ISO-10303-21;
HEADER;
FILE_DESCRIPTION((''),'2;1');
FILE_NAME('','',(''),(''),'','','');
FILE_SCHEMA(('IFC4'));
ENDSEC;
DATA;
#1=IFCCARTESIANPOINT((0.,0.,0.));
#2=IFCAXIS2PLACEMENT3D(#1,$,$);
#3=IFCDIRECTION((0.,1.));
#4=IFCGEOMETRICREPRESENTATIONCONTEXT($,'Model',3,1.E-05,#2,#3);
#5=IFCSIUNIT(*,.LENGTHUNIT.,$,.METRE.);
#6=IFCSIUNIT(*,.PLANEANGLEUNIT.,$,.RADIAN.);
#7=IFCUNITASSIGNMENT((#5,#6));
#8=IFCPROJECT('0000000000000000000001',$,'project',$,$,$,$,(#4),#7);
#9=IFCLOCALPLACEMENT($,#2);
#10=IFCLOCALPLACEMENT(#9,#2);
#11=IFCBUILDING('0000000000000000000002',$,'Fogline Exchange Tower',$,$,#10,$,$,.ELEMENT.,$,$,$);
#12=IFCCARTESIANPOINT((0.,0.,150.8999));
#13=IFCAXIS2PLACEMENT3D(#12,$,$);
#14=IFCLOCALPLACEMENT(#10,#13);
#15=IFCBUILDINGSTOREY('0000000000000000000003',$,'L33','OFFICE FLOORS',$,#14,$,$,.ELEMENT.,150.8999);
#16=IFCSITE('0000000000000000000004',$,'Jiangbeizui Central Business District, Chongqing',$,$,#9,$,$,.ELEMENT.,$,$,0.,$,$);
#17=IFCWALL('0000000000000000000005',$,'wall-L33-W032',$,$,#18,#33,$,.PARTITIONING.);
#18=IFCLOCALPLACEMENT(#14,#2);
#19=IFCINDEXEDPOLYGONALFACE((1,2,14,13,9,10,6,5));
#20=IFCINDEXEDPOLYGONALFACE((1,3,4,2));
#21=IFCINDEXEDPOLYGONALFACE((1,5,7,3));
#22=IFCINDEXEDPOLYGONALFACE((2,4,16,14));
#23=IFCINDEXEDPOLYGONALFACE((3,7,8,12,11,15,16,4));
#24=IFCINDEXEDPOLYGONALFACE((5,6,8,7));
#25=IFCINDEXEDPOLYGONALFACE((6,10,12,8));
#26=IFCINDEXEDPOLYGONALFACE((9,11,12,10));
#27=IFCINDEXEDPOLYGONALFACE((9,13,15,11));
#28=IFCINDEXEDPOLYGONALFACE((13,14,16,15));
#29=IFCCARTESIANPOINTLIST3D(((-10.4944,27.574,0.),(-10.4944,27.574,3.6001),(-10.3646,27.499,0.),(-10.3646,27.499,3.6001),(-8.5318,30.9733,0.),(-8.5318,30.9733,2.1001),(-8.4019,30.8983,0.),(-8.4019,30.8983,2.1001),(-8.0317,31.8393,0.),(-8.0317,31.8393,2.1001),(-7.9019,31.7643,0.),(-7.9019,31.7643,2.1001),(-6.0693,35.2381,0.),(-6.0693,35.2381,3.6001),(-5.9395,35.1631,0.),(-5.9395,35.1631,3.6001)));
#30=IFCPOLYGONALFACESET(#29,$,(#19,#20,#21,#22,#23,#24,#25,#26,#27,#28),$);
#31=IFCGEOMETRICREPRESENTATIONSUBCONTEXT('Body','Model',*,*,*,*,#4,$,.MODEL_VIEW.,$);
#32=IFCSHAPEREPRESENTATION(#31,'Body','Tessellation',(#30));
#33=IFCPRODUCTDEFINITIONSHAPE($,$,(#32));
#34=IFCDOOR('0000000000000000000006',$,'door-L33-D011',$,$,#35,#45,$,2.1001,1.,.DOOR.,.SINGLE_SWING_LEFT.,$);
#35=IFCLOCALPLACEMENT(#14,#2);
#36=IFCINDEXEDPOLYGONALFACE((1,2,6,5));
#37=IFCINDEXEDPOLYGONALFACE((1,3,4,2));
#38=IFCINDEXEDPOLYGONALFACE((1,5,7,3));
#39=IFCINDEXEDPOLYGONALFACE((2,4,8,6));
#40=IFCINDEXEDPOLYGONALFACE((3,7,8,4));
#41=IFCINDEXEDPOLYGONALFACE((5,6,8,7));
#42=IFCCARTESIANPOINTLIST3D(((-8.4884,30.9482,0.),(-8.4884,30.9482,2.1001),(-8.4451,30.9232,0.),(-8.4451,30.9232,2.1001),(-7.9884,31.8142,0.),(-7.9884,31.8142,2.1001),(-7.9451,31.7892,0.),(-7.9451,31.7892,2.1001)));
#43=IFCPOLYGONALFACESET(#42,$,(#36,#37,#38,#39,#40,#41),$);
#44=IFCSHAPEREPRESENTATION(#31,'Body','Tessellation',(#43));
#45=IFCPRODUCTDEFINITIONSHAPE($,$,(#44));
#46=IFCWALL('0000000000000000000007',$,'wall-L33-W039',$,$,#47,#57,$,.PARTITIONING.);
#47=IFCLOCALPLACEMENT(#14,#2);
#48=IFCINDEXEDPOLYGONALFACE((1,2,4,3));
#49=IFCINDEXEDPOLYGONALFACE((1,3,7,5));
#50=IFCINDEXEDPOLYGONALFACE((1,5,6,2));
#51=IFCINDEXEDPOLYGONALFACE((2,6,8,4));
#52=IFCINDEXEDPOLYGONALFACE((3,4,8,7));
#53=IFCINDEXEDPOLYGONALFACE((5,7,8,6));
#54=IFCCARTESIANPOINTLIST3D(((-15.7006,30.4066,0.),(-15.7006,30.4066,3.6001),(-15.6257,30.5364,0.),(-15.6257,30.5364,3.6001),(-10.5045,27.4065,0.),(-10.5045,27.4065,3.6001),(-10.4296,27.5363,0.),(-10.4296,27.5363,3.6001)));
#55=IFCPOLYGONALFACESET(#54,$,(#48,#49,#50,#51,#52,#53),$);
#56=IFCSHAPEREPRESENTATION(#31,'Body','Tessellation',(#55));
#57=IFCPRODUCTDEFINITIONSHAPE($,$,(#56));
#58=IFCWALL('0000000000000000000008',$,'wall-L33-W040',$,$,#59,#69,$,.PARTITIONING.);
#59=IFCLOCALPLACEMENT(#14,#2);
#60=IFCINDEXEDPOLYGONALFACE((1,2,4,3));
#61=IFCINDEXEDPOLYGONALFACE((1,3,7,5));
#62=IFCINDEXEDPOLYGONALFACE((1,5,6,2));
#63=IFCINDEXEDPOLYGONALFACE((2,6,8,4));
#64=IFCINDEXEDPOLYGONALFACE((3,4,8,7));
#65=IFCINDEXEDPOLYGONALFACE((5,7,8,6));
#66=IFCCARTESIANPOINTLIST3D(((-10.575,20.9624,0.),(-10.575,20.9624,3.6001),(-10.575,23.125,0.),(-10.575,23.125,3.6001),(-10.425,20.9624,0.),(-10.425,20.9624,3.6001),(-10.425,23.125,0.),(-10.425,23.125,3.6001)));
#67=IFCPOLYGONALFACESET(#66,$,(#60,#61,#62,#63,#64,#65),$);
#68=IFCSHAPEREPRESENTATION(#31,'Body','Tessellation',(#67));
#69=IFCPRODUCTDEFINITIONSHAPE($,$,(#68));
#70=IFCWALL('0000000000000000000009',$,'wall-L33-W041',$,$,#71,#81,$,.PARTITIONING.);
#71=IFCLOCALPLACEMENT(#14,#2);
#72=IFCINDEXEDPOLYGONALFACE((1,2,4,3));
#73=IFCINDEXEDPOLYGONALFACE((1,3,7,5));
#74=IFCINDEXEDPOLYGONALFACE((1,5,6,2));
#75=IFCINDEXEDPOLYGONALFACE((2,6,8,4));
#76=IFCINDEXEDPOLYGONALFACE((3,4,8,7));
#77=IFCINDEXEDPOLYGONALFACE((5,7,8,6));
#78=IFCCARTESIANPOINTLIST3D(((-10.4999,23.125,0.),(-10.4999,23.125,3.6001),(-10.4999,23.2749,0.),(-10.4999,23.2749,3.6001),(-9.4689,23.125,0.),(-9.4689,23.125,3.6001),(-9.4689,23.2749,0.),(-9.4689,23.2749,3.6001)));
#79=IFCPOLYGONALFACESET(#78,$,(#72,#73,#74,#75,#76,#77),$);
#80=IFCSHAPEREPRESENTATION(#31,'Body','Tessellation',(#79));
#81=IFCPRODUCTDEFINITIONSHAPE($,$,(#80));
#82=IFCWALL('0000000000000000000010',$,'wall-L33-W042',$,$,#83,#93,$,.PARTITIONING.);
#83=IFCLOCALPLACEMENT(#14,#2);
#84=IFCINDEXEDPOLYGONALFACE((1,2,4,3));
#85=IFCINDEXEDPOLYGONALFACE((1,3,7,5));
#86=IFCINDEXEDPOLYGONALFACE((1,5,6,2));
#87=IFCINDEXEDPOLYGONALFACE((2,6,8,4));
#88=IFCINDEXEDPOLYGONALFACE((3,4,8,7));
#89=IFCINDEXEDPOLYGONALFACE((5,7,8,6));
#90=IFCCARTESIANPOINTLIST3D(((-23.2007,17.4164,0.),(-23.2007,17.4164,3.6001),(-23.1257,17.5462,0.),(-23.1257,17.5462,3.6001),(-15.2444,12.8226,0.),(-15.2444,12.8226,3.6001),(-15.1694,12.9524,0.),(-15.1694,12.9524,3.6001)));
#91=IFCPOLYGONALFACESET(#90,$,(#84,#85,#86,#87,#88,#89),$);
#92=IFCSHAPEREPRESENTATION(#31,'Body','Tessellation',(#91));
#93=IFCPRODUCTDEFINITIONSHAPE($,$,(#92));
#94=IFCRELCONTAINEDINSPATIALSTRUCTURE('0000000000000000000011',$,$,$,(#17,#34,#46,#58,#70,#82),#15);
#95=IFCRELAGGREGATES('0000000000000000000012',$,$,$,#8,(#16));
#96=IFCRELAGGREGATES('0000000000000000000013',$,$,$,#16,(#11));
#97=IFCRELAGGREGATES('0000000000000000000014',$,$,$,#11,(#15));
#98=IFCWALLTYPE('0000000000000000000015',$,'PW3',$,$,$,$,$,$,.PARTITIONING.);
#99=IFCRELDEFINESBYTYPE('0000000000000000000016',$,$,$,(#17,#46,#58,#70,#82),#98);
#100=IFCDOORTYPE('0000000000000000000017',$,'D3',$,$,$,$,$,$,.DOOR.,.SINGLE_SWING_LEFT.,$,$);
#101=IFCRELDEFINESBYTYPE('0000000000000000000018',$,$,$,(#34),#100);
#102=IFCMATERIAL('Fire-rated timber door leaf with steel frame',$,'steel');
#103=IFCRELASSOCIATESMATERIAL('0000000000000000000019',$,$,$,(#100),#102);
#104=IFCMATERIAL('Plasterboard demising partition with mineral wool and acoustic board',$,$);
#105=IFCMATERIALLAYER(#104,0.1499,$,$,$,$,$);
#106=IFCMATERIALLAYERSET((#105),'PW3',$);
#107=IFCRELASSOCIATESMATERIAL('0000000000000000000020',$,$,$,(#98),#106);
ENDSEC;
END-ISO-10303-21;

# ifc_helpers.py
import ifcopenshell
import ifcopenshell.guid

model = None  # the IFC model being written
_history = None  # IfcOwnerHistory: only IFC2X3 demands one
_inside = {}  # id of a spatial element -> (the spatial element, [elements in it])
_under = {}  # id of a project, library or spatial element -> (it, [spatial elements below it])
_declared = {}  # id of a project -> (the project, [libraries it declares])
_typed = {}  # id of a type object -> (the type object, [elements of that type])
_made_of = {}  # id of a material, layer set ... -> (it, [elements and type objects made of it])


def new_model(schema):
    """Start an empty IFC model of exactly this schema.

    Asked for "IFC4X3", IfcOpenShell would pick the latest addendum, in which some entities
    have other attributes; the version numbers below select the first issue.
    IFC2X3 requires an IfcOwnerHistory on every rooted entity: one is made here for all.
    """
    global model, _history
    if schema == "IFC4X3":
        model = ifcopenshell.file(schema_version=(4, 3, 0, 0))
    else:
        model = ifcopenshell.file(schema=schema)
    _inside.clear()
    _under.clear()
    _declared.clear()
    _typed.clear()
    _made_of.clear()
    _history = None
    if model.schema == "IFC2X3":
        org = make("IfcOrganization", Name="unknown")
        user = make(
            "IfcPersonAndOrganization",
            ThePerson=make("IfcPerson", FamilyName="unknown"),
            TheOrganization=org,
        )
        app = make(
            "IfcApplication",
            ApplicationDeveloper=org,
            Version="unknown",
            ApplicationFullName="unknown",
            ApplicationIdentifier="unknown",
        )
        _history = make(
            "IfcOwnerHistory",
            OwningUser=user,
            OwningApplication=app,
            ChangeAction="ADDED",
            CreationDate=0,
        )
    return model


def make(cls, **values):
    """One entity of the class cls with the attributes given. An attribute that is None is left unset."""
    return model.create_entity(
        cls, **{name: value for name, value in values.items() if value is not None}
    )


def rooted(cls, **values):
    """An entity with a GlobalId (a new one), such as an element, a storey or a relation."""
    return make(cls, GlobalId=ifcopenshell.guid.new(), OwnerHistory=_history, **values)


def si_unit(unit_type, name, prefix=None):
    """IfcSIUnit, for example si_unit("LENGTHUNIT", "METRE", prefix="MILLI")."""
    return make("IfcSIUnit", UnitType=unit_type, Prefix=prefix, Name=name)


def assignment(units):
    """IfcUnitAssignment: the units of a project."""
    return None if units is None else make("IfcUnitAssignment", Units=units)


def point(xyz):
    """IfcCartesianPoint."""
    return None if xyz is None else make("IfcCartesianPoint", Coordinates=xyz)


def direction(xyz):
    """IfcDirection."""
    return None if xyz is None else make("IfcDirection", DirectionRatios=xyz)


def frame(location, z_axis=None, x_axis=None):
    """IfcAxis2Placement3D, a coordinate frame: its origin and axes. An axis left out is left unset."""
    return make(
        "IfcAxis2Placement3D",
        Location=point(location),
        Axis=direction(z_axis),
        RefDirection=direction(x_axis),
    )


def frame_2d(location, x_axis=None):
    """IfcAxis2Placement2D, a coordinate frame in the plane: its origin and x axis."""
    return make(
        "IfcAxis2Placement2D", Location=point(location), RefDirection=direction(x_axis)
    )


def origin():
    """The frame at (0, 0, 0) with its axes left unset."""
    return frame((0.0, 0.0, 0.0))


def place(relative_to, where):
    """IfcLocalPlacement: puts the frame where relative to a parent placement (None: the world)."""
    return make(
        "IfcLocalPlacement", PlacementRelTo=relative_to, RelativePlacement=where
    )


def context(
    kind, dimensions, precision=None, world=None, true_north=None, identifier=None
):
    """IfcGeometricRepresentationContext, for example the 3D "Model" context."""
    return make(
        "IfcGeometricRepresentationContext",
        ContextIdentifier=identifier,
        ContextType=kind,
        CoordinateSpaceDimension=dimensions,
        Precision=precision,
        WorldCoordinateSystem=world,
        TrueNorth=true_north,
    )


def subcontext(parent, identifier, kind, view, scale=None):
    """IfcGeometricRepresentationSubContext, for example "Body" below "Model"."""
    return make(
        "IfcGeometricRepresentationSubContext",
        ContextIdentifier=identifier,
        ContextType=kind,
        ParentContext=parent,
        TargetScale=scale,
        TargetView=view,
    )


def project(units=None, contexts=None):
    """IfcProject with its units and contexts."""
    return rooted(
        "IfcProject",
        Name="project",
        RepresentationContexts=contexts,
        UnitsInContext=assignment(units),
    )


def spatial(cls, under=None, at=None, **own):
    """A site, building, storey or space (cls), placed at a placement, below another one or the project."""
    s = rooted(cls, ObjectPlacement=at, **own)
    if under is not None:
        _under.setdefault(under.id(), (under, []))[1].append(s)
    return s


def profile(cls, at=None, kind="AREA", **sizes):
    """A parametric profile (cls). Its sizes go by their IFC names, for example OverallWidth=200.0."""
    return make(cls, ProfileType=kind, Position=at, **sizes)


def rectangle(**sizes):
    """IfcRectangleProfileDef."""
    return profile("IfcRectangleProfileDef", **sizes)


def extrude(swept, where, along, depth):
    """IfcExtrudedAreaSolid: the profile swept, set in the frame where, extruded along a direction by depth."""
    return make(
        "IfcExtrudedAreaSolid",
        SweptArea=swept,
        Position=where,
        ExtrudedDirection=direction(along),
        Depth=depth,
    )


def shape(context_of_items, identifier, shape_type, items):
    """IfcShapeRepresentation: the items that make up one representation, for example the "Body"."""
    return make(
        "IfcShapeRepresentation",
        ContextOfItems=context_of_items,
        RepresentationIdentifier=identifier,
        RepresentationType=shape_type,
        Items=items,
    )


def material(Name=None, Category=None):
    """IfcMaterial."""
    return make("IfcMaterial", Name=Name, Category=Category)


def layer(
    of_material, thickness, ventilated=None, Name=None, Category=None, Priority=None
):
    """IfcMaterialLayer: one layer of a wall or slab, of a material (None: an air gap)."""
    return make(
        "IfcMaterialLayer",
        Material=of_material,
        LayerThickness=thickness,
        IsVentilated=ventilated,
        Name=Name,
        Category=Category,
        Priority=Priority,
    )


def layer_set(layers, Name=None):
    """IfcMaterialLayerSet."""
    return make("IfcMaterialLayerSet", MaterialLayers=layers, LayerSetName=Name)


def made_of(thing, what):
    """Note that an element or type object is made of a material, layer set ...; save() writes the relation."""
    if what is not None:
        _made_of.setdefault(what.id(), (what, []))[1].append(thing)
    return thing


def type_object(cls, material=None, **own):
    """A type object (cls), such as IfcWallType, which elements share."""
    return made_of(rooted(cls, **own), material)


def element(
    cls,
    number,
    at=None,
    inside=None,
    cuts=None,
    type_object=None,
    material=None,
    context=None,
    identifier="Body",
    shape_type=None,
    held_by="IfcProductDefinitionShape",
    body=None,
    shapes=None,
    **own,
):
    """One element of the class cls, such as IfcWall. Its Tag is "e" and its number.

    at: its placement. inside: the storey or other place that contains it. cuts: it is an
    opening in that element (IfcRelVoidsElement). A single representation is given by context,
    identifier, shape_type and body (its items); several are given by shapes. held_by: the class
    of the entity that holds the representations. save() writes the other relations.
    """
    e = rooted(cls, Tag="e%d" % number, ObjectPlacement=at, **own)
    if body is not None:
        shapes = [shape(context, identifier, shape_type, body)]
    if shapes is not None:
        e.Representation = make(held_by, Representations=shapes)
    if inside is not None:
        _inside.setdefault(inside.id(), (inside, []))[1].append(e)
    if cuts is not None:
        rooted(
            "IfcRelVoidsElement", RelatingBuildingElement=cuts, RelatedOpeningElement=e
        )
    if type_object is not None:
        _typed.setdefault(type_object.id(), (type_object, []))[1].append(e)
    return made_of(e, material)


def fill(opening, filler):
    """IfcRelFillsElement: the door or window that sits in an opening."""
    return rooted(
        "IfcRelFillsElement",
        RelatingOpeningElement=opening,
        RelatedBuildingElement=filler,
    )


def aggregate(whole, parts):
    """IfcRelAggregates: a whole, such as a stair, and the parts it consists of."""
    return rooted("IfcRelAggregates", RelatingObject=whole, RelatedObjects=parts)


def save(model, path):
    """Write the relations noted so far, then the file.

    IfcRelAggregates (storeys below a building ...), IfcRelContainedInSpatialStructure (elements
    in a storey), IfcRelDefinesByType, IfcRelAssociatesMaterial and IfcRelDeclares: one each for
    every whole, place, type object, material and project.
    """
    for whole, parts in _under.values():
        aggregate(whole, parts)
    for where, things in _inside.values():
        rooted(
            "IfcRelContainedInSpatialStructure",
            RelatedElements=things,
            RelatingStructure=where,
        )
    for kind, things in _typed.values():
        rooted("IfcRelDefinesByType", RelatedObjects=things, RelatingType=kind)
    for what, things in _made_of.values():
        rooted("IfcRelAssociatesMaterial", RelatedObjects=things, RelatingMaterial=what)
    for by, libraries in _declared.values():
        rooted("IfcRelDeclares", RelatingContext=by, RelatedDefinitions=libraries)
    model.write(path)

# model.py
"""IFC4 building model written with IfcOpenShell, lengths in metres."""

from ifc_helpers import new_model, si_unit, direction, frame, frame_2d, origin, place, context, subcontext, project, spatial, rectangle, extrude, material, layer, layer_set, type_object, element, fill, save


model = new_model("IFC4")

# Units and contexts
model_context = context("Model", 3, precision=1e-05, world=origin(), true_north=direction((0.0, 1.0)))
body_context = subcontext(model_context, "Body", "Model", "MODEL_VIEW")
ifc_project = project(units=[si_unit("LENGTHUNIT", "METRE"), si_unit("PLANEANGLEUNIT", "RADIAN")], contexts=[model_context])

# Site, building, storey
site_placement = place(None, origin())
site = spatial("IfcSite", under=ifc_project, at=site_placement, Name="Jiangbeizui Central Business District, Chongqing", CompositionType="ELEMENT", RefElevation=0.0)
building_placement = place(site_placement, origin())
building = spatial("IfcBuilding", under=site, at=building_placement, Name="Fogline Exchange Tower", CompositionType="ELEMENT")
storey_placement = place(building_placement, frame((0.0, 0.0, 150.8999)))
storey = spatial("IfcBuildingStorey", under=building, at=storey_placement, Name="L33", Description="OFFICE FLOORS", CompositionType="ELEMENT", Elevation=150.8999)

# Wall, opening, door
ifc_material_1 = material(Name="Fire-rated timber door leaf with steel frame", Category="steel")
door_type = type_object("IfcDoorType", Name="D3", OperationType="SINGLE_SWING_LEFT", PredefinedType="DOOR", material=ifc_material_1)
ifc_material_2 = material(Name="Plasterboard demising partition with mineral wool and acoustic board")
ifc_layer_1 = layer(ifc_material_2, 0.1499)
ifc_layer_set_1 = layer_set([ifc_layer_1], Name="PW3")
wall_type_1 = type_object("IfcWallType", Name="PW3", PredefinedType="PARTITIONING", material=ifc_layer_set_1)
wall_1_placement = place(storey_placement, frame((-10.4294, 27.5366, 0.0), z_axis=(0.0, 0.0, 1.0), x_axis=(0.500017, 0.866016, 0.0)))
wall_1 = element("IfcWall", 1, at=wall_1_placement, inside=storey, type_object=wall_type_1, Name="wall-L33-W032", PredefinedType="PARTITIONING", context=body_context, shape_type="SweptSolid", body=[
    extrude(rectangle(XDim=8.8499, YDim=0.1499, at=frame_2d((4.4248, 0.0))), origin(), (0.0, 0.0, 1.0), 3.6001),
])
opening_1_placement = place(wall_1_placement, frame((3.925, 0.0, 0.0)))
opening_1 = element("IfcOpeningElement", 2, at=opening_1_placement, cuts=wall_1, PredefinedType="OPENING", context=body_context, shape_type="SweptSolid", body=[
    extrude(rectangle(XDim=1.0, YDim=2.1001, at=frame_2d((0.5, 1.05))), frame((0.0, 0.085, 0.0), z_axis=(0.0, -1.0, 0.0), x_axis=(1.0, 0.0, 0.0)), (0.0, 0.0, 1.0), 0.1699),
])
door_1_placement = place(opening_1_placement, origin())
door_1 = element("IfcDoor", 3, at=door_1_placement, inside=storey, type_object=door_type, Name="door-L33-D011", OperationType="SINGLE_SWING_LEFT", OverallHeight=2.1001, OverallWidth=1.0, PredefinedType="DOOR", context=body_context, shape_type="SweptSolid", body=[
    extrude(rectangle(XDim=1.0, YDim=2.1001, at=frame_2d((0.5, 1.05))), frame((0.0, 0.0249, 0.0), z_axis=(0.0, -1.0, 0.0), x_axis=(1.0, 0.0, 0.0)), (0.0, 0.0, 1.0), 0.05),
])
fill(opening_1, door_1)

# Walls
wall_2_placement = place(storey_placement, frame((-10.467, 27.4714, 0.0), z_axis=(0.0, 0.0, 1.0), x_axis=(-0.866021, 0.500008, 0.0)))
element("IfcWall", 4, at=wall_2_placement, inside=storey, type_object=wall_type_1, Name="wall-L33-W039", PredefinedType="PARTITIONING", context=body_context, shape_type="SweptSolid", body=[
    extrude(rectangle(XDim=6.0, YDim=0.1499, at=frame_2d((3.0, 0.0))), origin(), (0.0, 0.0, 1.0), 3.6001),
])
wall_3_placement = place(storey_placement, frame((-10.5, 20.9624, 0.0), z_axis=(0.0, 0.0, 1.0), x_axis=(0.0, 1.0, 0.0)))
element("IfcWall", 5, at=wall_3_placement, inside=storey, type_object=wall_type_1, Name="wall-L33-W040", PredefinedType="PARTITIONING", context=body_context, shape_type="SweptSolid", body=[
    extrude(rectangle(XDim=2.1626, YDim=0.1499, at=frame_2d((1.0813, 0.0))), origin(), (0.0, 0.0, 1.0), 3.6001),
])
wall_4_placement = place(storey_placement, frame((-10.5, 23.2, 0.0), z_axis=(0.0, 0.0, 1.0), x_axis=(1.0, 0.0, 0.0)))
element("IfcWall", 6, at=wall_4_placement, inside=storey, type_object=wall_type_1, Name="wall-L33-W041", PredefinedType="PARTITIONING", context=body_context, shape_type="SweptSolid", body=[
    extrude(rectangle(XDim=1.031, YDim=0.1499, at=frame_2d((0.5156, 0.0))), origin(), (0.0, 0.0, 1.0), 3.6001),
])
wall_5_placement = place(storey_placement, frame((-15.2068, 12.8875, 0.0), z_axis=(0.0, 0.0, 1.0), x_axis=(-0.866017, 0.500015, 0.0)))
element("IfcWall", 7, at=wall_5_placement, inside=storey, type_object=wall_type_1, Name="wall-L33-W042", PredefinedType="PARTITIONING", context=body_context, shape_type="SweptSolid", body=[
    extrude(rectangle(XDim=9.1873, YDim=0.1499, at=frame_2d((4.5938, 0.0))), origin(), (0.0, 0.0, 1.0), 3.6001),
])

save(model, "model.ifc")
